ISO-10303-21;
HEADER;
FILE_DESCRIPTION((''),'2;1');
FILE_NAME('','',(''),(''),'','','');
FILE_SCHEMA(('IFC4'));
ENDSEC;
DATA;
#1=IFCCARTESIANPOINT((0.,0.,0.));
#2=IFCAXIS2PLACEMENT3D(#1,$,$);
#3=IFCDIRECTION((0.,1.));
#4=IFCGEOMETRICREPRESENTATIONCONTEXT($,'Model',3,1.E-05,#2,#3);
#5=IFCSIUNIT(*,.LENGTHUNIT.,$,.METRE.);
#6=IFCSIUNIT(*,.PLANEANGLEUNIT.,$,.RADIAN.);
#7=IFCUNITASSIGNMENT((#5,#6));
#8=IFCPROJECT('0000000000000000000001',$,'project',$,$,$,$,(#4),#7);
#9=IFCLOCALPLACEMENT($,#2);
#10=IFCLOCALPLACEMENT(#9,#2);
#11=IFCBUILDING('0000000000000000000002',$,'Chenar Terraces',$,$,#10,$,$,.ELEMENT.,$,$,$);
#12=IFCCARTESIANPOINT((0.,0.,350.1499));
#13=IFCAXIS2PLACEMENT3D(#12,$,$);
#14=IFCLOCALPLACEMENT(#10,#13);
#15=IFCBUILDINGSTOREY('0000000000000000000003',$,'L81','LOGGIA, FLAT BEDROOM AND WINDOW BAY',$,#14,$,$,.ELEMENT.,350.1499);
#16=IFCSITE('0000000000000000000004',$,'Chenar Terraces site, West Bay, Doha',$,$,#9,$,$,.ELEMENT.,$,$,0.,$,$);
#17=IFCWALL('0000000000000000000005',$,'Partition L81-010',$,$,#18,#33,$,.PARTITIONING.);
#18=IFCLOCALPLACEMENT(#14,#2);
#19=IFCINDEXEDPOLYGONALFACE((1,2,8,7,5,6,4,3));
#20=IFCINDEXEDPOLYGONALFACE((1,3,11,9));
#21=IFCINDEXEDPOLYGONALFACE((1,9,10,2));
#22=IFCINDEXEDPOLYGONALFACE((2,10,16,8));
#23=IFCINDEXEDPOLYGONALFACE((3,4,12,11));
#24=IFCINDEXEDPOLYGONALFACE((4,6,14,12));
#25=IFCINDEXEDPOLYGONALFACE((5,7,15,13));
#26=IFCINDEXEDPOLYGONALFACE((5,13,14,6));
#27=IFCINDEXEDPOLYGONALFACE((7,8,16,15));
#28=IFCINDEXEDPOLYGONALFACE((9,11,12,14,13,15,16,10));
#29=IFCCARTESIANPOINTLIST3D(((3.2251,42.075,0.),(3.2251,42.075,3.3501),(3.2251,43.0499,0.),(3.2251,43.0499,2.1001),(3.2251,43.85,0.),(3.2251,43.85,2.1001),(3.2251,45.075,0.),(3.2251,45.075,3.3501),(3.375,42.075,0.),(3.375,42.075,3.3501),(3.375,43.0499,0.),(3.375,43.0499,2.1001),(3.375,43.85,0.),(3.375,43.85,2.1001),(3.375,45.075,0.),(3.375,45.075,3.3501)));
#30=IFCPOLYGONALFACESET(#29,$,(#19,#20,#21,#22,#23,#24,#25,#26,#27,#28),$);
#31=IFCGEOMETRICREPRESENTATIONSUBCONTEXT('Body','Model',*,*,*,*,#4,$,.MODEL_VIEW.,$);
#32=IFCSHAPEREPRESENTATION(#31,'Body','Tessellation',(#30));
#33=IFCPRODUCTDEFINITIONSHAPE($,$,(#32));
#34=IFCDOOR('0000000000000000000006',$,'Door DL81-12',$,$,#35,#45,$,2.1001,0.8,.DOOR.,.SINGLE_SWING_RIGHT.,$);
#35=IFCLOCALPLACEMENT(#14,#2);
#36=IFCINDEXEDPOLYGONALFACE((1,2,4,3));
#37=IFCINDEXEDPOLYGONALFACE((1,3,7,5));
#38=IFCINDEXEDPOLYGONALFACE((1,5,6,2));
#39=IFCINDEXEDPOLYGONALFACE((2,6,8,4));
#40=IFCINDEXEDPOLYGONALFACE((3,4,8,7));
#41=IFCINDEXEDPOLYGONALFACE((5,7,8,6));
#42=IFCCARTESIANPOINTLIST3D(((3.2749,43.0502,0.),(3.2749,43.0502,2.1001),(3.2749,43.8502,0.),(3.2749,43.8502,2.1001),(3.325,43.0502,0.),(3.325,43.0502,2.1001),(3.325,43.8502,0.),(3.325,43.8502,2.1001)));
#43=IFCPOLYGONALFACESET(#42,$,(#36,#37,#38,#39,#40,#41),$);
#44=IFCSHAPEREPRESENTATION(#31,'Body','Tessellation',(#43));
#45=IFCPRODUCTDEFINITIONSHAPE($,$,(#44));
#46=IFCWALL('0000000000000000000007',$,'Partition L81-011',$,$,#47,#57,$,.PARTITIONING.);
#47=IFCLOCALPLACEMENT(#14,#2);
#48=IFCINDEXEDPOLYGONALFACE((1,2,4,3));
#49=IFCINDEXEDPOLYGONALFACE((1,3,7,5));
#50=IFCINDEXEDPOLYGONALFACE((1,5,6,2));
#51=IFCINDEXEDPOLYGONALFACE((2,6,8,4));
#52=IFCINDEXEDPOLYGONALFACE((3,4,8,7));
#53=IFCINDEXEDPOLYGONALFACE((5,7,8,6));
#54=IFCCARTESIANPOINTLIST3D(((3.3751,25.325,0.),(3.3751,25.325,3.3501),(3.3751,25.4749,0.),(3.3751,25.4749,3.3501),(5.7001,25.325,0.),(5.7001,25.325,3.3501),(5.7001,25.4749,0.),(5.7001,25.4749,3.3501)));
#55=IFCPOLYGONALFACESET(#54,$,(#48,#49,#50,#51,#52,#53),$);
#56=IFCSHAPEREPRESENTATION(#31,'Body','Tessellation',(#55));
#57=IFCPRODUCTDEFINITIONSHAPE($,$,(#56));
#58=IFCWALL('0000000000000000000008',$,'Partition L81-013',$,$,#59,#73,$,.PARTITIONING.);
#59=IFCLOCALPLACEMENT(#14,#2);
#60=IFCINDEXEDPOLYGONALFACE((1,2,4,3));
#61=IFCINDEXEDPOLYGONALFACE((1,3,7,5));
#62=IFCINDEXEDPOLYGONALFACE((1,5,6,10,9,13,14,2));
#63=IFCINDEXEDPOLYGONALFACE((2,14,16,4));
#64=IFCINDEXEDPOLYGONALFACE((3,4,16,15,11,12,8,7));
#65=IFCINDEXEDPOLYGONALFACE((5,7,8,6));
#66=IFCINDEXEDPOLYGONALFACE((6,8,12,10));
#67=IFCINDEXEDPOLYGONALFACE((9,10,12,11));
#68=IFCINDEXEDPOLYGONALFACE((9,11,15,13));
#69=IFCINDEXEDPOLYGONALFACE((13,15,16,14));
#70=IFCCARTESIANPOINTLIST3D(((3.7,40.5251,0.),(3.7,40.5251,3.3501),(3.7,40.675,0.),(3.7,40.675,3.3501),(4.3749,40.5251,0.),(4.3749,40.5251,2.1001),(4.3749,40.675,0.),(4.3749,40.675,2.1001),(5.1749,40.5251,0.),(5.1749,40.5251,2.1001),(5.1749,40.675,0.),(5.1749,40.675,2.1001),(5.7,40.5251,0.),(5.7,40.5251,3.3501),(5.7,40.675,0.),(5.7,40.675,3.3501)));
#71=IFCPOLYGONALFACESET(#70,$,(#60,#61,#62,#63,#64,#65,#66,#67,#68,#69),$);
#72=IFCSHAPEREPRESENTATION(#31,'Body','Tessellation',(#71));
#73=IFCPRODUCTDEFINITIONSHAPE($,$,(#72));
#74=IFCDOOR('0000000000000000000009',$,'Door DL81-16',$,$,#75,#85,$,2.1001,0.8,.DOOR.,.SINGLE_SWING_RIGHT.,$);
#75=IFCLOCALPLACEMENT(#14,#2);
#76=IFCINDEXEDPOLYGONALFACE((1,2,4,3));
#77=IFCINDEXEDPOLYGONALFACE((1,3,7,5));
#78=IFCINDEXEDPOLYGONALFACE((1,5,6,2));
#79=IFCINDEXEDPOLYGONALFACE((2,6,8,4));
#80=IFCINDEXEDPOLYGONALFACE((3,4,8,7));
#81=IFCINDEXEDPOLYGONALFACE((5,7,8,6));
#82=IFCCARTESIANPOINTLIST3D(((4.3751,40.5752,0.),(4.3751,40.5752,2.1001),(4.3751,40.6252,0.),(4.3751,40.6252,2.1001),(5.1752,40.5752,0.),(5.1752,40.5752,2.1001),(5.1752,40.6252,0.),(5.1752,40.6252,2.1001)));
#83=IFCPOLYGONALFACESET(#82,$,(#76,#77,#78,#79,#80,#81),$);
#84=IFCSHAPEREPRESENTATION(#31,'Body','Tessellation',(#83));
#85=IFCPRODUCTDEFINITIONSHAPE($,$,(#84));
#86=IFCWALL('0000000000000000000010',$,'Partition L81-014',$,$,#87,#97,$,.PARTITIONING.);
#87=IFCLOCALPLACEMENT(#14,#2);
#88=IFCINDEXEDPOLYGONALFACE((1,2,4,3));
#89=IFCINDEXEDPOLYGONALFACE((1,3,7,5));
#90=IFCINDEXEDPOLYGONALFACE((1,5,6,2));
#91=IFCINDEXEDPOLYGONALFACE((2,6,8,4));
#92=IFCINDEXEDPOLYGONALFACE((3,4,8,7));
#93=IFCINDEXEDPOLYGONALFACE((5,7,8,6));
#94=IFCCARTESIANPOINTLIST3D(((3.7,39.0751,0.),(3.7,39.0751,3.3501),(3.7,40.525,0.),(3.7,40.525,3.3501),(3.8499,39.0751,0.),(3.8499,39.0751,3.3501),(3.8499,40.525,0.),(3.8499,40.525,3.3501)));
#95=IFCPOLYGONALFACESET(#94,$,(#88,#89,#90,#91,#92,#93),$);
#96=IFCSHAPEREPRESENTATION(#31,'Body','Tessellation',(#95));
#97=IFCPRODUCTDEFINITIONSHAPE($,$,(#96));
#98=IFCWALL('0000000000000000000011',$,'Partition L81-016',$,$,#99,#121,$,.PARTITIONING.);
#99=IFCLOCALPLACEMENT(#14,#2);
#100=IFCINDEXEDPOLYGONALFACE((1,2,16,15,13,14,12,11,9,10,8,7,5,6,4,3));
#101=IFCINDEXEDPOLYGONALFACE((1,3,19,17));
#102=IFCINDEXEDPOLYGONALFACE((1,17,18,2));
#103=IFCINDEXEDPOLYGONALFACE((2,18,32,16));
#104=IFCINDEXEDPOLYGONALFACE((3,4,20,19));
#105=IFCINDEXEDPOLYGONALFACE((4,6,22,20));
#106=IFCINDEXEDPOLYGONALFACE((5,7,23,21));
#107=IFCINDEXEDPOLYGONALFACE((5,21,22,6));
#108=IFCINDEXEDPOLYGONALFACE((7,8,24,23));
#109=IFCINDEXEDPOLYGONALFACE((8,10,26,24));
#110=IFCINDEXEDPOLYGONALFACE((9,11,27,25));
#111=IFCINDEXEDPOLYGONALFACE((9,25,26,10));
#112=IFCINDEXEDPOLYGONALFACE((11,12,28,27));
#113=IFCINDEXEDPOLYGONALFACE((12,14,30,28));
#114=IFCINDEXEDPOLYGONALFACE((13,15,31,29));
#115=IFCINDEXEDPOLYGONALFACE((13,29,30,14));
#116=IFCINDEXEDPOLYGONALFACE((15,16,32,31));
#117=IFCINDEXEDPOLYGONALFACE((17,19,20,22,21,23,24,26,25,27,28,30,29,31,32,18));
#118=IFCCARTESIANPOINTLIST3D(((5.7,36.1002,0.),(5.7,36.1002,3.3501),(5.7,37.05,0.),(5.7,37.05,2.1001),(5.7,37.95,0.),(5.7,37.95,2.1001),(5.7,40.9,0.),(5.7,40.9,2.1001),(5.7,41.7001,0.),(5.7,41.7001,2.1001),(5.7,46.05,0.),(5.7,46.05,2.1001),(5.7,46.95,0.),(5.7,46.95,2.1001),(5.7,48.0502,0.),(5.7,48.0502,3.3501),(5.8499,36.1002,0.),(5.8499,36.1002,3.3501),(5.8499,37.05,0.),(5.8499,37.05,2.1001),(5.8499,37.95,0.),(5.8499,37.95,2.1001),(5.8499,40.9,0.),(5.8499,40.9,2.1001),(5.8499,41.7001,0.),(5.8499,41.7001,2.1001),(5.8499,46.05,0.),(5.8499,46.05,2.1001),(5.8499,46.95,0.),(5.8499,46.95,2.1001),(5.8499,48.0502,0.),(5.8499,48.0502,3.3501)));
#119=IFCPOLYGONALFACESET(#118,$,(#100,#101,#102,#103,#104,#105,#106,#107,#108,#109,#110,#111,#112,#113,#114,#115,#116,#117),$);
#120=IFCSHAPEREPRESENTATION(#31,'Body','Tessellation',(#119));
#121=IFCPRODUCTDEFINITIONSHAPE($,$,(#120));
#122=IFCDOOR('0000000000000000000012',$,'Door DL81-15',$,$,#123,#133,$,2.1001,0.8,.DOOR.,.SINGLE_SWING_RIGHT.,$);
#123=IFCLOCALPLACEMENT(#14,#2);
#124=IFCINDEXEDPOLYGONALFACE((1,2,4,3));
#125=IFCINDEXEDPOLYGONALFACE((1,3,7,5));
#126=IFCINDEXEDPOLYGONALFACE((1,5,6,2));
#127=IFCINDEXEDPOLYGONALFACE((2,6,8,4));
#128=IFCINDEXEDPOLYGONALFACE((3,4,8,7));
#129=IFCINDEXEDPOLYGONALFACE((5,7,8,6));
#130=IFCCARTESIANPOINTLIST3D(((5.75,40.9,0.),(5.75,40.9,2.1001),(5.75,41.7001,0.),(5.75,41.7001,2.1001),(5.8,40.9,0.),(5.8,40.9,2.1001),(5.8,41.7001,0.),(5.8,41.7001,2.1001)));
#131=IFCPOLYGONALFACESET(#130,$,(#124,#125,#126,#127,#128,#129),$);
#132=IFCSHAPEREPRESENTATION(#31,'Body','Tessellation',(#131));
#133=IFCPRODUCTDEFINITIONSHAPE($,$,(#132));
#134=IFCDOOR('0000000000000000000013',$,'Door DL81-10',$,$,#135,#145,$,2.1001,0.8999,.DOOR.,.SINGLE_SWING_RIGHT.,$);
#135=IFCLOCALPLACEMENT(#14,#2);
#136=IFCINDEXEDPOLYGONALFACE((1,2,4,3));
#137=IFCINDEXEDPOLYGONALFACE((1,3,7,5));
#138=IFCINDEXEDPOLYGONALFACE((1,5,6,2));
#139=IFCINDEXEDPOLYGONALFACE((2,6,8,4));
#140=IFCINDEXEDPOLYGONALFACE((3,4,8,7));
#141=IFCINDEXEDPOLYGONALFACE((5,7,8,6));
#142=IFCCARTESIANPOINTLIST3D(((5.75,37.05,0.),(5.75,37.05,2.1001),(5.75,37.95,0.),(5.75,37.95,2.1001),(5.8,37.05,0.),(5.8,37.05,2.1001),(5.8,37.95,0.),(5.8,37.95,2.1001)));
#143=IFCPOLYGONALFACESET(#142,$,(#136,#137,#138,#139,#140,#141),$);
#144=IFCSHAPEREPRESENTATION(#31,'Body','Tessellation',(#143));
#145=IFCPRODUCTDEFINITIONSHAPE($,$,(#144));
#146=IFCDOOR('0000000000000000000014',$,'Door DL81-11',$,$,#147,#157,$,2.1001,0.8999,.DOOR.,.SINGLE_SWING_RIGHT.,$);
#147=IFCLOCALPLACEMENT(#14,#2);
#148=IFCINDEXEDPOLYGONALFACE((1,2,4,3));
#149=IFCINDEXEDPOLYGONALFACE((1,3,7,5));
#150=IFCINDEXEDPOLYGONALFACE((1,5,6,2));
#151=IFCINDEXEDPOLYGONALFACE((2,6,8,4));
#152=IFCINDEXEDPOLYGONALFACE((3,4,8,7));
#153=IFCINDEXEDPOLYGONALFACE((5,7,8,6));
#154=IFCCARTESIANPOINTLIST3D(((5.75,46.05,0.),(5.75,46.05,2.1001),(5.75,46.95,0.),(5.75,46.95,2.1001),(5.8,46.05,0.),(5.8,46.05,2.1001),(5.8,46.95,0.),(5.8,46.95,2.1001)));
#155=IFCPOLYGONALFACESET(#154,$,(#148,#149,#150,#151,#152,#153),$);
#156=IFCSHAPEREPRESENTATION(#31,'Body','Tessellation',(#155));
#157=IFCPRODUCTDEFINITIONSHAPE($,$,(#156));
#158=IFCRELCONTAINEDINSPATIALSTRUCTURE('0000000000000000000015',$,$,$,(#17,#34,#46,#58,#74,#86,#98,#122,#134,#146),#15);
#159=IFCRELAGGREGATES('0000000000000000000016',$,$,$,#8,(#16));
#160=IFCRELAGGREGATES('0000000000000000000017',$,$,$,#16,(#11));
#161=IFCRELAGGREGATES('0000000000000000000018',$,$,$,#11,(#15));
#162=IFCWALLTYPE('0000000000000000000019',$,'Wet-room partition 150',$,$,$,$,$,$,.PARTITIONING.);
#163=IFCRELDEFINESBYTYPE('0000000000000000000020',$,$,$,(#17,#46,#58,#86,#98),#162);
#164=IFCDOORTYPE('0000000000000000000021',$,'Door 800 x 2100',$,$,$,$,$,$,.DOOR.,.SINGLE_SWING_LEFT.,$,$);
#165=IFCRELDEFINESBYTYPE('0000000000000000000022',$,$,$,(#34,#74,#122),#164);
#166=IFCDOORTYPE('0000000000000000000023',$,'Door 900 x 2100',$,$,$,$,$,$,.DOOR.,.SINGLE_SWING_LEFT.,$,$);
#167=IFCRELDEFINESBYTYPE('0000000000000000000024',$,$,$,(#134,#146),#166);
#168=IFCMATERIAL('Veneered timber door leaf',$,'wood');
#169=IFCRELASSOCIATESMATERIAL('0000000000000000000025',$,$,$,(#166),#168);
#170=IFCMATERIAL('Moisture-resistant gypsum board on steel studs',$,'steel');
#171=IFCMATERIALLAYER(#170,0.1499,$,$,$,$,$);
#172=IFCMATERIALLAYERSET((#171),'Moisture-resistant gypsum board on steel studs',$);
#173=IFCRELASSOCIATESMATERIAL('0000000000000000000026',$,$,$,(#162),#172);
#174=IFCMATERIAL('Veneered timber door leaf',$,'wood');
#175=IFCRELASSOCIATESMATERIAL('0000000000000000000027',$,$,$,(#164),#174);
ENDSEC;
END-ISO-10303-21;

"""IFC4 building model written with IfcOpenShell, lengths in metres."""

from ifc_helpers import new_model, si_unit, direction, frame, frame_2d, origin, place, context, subcontext, project, spatial, rectangle, extrude, material, layer, layer_set, type_object, element, fill, save


model = new_model("IFC4")

# Units and contexts
model_context = context("Model", 3, precision=1e-05, world=origin(), true_north=direction((0.0, 1.0)))
body_context = subcontext(model_context, "Body", "Model", "MODEL_VIEW")
ifc_project = project(units=[si_unit("LENGTHUNIT", "METRE"), si_unit("PLANEANGLEUNIT", "RADIAN")], contexts=[model_context])

# Site, building, storey
site_placement = place(None, origin())
site = spatial("IfcSite", under=ifc_project, at=site_placement, Name="Chenar Terraces site, West Bay, Doha", CompositionType="ELEMENT", RefElevation=0.0)
building_placement = place(site_placement, origin())
building = spatial("IfcBuilding", under=site, at=building_placement, Name="Chenar Terraces", CompositionType="ELEMENT")
storey_placement = place(building_placement, frame((0.0, 0.0, 350.1499)))
storey = spatial("IfcBuildingStorey", under=building, at=storey_placement, Name="L81", Description="LOGGIA, FLAT BEDROOM AND WINDOW BAY", CompositionType="ELEMENT", Elevation=350.1499)

# Shared definitions
ifc_material_1 = material(Name="Veneered timber door leaf", Category="wood")
door_type_1 = type_object("IfcDoorType", Name="Door 900 x 2100", OperationType="SINGLE_SWING_LEFT", PredefinedType="DOOR", material=ifc_material_1)

# Shared definitions
ifc_material_2 = material(Name="Moisture-resistant gypsum board on steel studs", Category="steel")
ifc_layer_1 = layer(ifc_material_2, 0.1499)
ifc_layer_set_1 = layer_set([ifc_layer_1], Name="Moisture-resistant gypsum board on steel studs")
wall_type_1 = type_object("IfcWallType", Name="Wet-room partition 150", PredefinedType="PARTITIONING", material=ifc_layer_set_1)

# Wall, opening, door
wall_1_placement = place(storey_placement, frame((3.3, 42.075, 0.0), z_axis=(0.0, 0.0, 1.0), x_axis=(0.0, 1.0, 0.0)))
wall_1 = element("IfcWall", 1, at=wall_1_placement, inside=storey, type_object=wall_type_1, Name="Partition L81-010", PredefinedType="PARTITIONING", context=body_context, shape_type="SweptSolid", body=[
    extrude(rectangle(XDim=3.0, YDim=0.1499, at=frame_2d((1.5, 0.0))), origin(), (0.0, 0.0, 1.0), 3.3501),
])
opening_1_placement = place(wall_1_placement, frame((0.9751, 0.0, 0.0)))
opening_1 = element("IfcOpeningElement", 2, at=opening_1_placement, cuts=wall_1, PredefinedType="OPENING", context=body_context, shape_type="SweptSolid", body=[
    extrude(rectangle(XDim=0.8, YDim=2.1001, at=frame_2d((0.3999, 1.05))), frame((0.0, 0.085, 0.0), z_axis=(0.0, -1.0, 0.0), x_axis=(1.0, 0.0, 0.0)), (0.0, 0.0, 1.0), 0.1699),
])
ifc_material_3 = material(Name="Veneered timber door leaf", Category="wood")
door_type_2 = type_object("IfcDoorType", Name="Door 800 x 2100", OperationType="SINGLE_SWING_LEFT", PredefinedType="DOOR", material=ifc_material_3)
door_1_placement = place(opening_1_placement, frame((0.8, 0.0, 0.0), z_axis=(0.0, 0.0, 1.0), x_axis=(-1.0, 0.0, 0.0)))
door_1 = element("IfcDoor", 3, at=door_1_placement, inside=storey, type_object=door_type_2, Name="Door DL81-12", OperationType="SINGLE_SWING_RIGHT", OverallHeight=2.1001, OverallWidth=0.8, PredefinedType="DOOR", context=body_context, shape_type="SweptSolid", body=[
    extrude(rectangle(XDim=0.8, YDim=2.1001, at=frame_2d((0.3999, 1.05))), frame((0.0, 0.0249, 0.0), z_axis=(0.0, -1.0, 0.0), x_axis=(1.0, 0.0, 0.0)), (0.0, 0.0, 1.0), 0.05),
])
fill(opening_1, door_1)

# Wall
wall_2_placement = place(storey_placement, frame((3.375, 25.3999, 0.0), z_axis=(0.0, 0.0, 1.0), x_axis=(1.0, 0.0, 0.0)))
element("IfcWall", 4, at=wall_2_placement, inside=storey, type_object=wall_type_1, Name="Partition L81-011", PredefinedType="PARTITIONING", context=body_context, shape_type="SweptSolid", body=[
    extrude(rectangle(XDim=2.325, YDim=0.1499, at=frame_2d((1.1626, 0.0))), origin(), (0.0, 0.0, 1.0), 3.3501),
])

# Wall, opening, door
wall_3_placement = place(storey_placement, frame((3.7, 40.6001, 0.0), z_axis=(0.0, 0.0, 1.0), x_axis=(1.0, 0.0, 0.0)))
wall_3 = element("IfcWall", 5, at=wall_3_placement, inside=storey, type_object=wall_type_1, Name="Partition L81-013", PredefinedType="PARTITIONING", context=body_context, shape_type="SweptSolid", body=[
    extrude(rectangle(XDim=2.0, YDim=0.1499, at=frame_2d((1.0, 0.0))), origin(), (0.0, 0.0, 1.0), 3.3501),
])
opening_2_placement = place(wall_3_placement, frame((0.675, 0.0, 0.0)))
opening_2 = element("IfcOpeningElement", 6, at=opening_2_placement, cuts=wall_3, PredefinedType="OPENING", context=body_context, shape_type="SweptSolid", body=[
    extrude(rectangle(XDim=0.8, YDim=2.1001, at=frame_2d((0.3999, 1.05))), frame((0.0, 0.085, 0.0), z_axis=(0.0, -1.0, 0.0), x_axis=(1.0, 0.0, 0.0)), (0.0, 0.0, 1.0), 0.1699),
])
door_2_placement = place(opening_2_placement, frame((0.8, 0.0, 0.0), z_axis=(0.0, 0.0, 1.0), x_axis=(-1.0, 0.0, 0.0)))
door_2 = element("IfcDoor", 7, at=door_2_placement, inside=storey, type_object=door_type_2, Name="Door DL81-16", OperationType="SINGLE_SWING_RIGHT", OverallHeight=2.1001, OverallWidth=0.8, PredefinedType="DOOR", context=body_context, shape_type="SweptSolid", body=[
    extrude(rectangle(XDim=0.8, YDim=2.1001, at=frame_2d((0.3999, 1.05))), frame((0.0, 0.0249, 0.0), z_axis=(0.0, -1.0, 0.0), x_axis=(1.0, 0.0, 0.0)), (0.0, 0.0, 1.0), 0.05),
])
fill(opening_2, door_2)

# Wall
wall_4_placement = place(storey_placement, frame((3.7749, 39.075, 0.0), z_axis=(0.0, 0.0, 1.0), x_axis=(0.0, 1.0, 0.0)))
element("IfcWall", 8, at=wall_4_placement, inside=storey, type_object=wall_type_1, Name="Partition L81-014", PredefinedType="PARTITIONING", context=body_context, shape_type="SweptSolid", body=[
    extrude(rectangle(XDim=1.45, YDim=0.1499, at=frame_2d((0.7251, 0.0))), origin(), (0.0, 0.0, 1.0), 3.3501),
])

# Wall, openings, doors
wall_5_placement = place(storey_placement, frame((5.7749, 36.1001, 0.0), z_axis=(0.0, 0.0, 1.0), x_axis=(0.0, 1.0, 0.0)))
wall_5 = element("IfcWall", 9, at=wall_5_placement, inside=storey, type_object=wall_type_1, Name="Partition L81-016", PredefinedType="PARTITIONING", context=body_context, shape_type="SweptSolid", body=[
    extrude(rectangle(XDim=11.95, YDim=0.1499, at=frame_2d((5.9751, 0.0))), origin(), (0.0, 0.0, 1.0), 3.3501),
])
opening_3_placement = place(wall_5_placement, frame((0.95, 0.0, 0.0)))
opening_3 = element("IfcOpeningElement", 10, at=opening_3_placement, cuts=wall_5, PredefinedType="OPENING", context=body_context, shape_type="SweptSolid", body=[
    extrude(rectangle(XDim=0.8999, YDim=2.1001, at=frame_2d((0.45, 1.05))), frame((0.0, 0.085, 0.0), z_axis=(0.0, -1.0, 0.0), x_axis=(1.0, 0.0, 0.0)), (0.0, 0.0, 1.0), 0.1699),
])
opening_4_placement = place(wall_5_placement, frame((9.95, 0.0, 0.0)))
opening_4 = element("IfcOpeningElement", 11, at=opening_4_placement, cuts=wall_5, PredefinedType="OPENING", context=body_context, shape_type="SweptSolid", body=[
    extrude(rectangle(XDim=0.8999, YDim=2.1001, at=frame_2d((0.45, 1.05))), frame((0.0, 0.085, 0.0), z_axis=(0.0, -1.0, 0.0), x_axis=(1.0, 0.0, 0.0)), (0.0, 0.0, 1.0), 0.1699),
])
opening_5_placement = place(wall_5_placement, frame((4.8, 0.0, 0.0)))
opening_5 = element("IfcOpeningElement", 12, at=opening_5_placement, cuts=wall_5, PredefinedType="OPENING", context=body_context, shape_type="SweptSolid", body=[
    extrude(rectangle(XDim=0.8, YDim=2.1001, at=frame_2d((0.3999, 1.05))), frame((0.0, 0.085, 0.0), z_axis=(0.0, -1.0, 0.0), x_axis=(1.0, 0.0, 0.0)), (0.0, 0.0, 1.0), 0.1699),
])
door_3_placement = place(opening_5_placement, origin())
door_3 = element("IfcDoor", 13, at=door_3_placement, inside=storey, type_object=door_type_2, Name="Door DL81-15", OperationType="SINGLE_SWING_RIGHT", OverallHeight=2.1001, OverallWidth=0.8, PredefinedType="DOOR", context=body_context, shape_type="SweptSolid", body=[
    extrude(rectangle(XDim=0.8, YDim=2.1001, at=frame_2d((0.3999, 1.05))), frame((0.0, 0.0249, 0.0), z_axis=(0.0, -1.0, 0.0), x_axis=(1.0, 0.0, 0.0)), (0.0, 0.0, 1.0), 0.05),
])
fill(opening_5, door_3)
door_4_placement = place(opening_3_placement, origin())
door_4 = element("IfcDoor", 14, at=door_4_placement, inside=storey, type_object=door_type_1, Name="Door DL81-10", OperationType="SINGLE_SWING_RIGHT", OverallHeight=2.1001, OverallWidth=0.8999, PredefinedType="DOOR", context=body_context, shape_type="SweptSolid", body=[
    extrude(rectangle(XDim=0.8999, YDim=2.1001, at=frame_2d((0.45, 1.05))), frame((0.0, 0.0249, 0.0), z_axis=(0.0, -1.0, 0.0), x_axis=(1.0, 0.0, 0.0)), (0.0, 0.0, 1.0), 0.05),
])
fill(opening_3, door_4)
door_5_placement = place(opening_4_placement, origin())
door_5 = element("IfcDoor", 15, at=door_5_placement, inside=storey, type_object=door_type_1, Name="Door DL81-11", OperationType="SINGLE_SWING_RIGHT", OverallHeight=2.1001, OverallWidth=0.8999, PredefinedType="DOOR", context=body_context, shape_type="SweptSolid", body=[
    extrude(rectangle(XDim=0.8999, YDim=2.1001, at=frame_2d((0.45, 1.05))), frame((0.0, 0.0249, 0.0), z_axis=(0.0, -1.0, 0.0), x_axis=(1.0, 0.0, 0.0)), (0.0, 0.0, 1.0), 0.05),
])
fill(opening_4, door_5)

save(model, "model.ifc")
